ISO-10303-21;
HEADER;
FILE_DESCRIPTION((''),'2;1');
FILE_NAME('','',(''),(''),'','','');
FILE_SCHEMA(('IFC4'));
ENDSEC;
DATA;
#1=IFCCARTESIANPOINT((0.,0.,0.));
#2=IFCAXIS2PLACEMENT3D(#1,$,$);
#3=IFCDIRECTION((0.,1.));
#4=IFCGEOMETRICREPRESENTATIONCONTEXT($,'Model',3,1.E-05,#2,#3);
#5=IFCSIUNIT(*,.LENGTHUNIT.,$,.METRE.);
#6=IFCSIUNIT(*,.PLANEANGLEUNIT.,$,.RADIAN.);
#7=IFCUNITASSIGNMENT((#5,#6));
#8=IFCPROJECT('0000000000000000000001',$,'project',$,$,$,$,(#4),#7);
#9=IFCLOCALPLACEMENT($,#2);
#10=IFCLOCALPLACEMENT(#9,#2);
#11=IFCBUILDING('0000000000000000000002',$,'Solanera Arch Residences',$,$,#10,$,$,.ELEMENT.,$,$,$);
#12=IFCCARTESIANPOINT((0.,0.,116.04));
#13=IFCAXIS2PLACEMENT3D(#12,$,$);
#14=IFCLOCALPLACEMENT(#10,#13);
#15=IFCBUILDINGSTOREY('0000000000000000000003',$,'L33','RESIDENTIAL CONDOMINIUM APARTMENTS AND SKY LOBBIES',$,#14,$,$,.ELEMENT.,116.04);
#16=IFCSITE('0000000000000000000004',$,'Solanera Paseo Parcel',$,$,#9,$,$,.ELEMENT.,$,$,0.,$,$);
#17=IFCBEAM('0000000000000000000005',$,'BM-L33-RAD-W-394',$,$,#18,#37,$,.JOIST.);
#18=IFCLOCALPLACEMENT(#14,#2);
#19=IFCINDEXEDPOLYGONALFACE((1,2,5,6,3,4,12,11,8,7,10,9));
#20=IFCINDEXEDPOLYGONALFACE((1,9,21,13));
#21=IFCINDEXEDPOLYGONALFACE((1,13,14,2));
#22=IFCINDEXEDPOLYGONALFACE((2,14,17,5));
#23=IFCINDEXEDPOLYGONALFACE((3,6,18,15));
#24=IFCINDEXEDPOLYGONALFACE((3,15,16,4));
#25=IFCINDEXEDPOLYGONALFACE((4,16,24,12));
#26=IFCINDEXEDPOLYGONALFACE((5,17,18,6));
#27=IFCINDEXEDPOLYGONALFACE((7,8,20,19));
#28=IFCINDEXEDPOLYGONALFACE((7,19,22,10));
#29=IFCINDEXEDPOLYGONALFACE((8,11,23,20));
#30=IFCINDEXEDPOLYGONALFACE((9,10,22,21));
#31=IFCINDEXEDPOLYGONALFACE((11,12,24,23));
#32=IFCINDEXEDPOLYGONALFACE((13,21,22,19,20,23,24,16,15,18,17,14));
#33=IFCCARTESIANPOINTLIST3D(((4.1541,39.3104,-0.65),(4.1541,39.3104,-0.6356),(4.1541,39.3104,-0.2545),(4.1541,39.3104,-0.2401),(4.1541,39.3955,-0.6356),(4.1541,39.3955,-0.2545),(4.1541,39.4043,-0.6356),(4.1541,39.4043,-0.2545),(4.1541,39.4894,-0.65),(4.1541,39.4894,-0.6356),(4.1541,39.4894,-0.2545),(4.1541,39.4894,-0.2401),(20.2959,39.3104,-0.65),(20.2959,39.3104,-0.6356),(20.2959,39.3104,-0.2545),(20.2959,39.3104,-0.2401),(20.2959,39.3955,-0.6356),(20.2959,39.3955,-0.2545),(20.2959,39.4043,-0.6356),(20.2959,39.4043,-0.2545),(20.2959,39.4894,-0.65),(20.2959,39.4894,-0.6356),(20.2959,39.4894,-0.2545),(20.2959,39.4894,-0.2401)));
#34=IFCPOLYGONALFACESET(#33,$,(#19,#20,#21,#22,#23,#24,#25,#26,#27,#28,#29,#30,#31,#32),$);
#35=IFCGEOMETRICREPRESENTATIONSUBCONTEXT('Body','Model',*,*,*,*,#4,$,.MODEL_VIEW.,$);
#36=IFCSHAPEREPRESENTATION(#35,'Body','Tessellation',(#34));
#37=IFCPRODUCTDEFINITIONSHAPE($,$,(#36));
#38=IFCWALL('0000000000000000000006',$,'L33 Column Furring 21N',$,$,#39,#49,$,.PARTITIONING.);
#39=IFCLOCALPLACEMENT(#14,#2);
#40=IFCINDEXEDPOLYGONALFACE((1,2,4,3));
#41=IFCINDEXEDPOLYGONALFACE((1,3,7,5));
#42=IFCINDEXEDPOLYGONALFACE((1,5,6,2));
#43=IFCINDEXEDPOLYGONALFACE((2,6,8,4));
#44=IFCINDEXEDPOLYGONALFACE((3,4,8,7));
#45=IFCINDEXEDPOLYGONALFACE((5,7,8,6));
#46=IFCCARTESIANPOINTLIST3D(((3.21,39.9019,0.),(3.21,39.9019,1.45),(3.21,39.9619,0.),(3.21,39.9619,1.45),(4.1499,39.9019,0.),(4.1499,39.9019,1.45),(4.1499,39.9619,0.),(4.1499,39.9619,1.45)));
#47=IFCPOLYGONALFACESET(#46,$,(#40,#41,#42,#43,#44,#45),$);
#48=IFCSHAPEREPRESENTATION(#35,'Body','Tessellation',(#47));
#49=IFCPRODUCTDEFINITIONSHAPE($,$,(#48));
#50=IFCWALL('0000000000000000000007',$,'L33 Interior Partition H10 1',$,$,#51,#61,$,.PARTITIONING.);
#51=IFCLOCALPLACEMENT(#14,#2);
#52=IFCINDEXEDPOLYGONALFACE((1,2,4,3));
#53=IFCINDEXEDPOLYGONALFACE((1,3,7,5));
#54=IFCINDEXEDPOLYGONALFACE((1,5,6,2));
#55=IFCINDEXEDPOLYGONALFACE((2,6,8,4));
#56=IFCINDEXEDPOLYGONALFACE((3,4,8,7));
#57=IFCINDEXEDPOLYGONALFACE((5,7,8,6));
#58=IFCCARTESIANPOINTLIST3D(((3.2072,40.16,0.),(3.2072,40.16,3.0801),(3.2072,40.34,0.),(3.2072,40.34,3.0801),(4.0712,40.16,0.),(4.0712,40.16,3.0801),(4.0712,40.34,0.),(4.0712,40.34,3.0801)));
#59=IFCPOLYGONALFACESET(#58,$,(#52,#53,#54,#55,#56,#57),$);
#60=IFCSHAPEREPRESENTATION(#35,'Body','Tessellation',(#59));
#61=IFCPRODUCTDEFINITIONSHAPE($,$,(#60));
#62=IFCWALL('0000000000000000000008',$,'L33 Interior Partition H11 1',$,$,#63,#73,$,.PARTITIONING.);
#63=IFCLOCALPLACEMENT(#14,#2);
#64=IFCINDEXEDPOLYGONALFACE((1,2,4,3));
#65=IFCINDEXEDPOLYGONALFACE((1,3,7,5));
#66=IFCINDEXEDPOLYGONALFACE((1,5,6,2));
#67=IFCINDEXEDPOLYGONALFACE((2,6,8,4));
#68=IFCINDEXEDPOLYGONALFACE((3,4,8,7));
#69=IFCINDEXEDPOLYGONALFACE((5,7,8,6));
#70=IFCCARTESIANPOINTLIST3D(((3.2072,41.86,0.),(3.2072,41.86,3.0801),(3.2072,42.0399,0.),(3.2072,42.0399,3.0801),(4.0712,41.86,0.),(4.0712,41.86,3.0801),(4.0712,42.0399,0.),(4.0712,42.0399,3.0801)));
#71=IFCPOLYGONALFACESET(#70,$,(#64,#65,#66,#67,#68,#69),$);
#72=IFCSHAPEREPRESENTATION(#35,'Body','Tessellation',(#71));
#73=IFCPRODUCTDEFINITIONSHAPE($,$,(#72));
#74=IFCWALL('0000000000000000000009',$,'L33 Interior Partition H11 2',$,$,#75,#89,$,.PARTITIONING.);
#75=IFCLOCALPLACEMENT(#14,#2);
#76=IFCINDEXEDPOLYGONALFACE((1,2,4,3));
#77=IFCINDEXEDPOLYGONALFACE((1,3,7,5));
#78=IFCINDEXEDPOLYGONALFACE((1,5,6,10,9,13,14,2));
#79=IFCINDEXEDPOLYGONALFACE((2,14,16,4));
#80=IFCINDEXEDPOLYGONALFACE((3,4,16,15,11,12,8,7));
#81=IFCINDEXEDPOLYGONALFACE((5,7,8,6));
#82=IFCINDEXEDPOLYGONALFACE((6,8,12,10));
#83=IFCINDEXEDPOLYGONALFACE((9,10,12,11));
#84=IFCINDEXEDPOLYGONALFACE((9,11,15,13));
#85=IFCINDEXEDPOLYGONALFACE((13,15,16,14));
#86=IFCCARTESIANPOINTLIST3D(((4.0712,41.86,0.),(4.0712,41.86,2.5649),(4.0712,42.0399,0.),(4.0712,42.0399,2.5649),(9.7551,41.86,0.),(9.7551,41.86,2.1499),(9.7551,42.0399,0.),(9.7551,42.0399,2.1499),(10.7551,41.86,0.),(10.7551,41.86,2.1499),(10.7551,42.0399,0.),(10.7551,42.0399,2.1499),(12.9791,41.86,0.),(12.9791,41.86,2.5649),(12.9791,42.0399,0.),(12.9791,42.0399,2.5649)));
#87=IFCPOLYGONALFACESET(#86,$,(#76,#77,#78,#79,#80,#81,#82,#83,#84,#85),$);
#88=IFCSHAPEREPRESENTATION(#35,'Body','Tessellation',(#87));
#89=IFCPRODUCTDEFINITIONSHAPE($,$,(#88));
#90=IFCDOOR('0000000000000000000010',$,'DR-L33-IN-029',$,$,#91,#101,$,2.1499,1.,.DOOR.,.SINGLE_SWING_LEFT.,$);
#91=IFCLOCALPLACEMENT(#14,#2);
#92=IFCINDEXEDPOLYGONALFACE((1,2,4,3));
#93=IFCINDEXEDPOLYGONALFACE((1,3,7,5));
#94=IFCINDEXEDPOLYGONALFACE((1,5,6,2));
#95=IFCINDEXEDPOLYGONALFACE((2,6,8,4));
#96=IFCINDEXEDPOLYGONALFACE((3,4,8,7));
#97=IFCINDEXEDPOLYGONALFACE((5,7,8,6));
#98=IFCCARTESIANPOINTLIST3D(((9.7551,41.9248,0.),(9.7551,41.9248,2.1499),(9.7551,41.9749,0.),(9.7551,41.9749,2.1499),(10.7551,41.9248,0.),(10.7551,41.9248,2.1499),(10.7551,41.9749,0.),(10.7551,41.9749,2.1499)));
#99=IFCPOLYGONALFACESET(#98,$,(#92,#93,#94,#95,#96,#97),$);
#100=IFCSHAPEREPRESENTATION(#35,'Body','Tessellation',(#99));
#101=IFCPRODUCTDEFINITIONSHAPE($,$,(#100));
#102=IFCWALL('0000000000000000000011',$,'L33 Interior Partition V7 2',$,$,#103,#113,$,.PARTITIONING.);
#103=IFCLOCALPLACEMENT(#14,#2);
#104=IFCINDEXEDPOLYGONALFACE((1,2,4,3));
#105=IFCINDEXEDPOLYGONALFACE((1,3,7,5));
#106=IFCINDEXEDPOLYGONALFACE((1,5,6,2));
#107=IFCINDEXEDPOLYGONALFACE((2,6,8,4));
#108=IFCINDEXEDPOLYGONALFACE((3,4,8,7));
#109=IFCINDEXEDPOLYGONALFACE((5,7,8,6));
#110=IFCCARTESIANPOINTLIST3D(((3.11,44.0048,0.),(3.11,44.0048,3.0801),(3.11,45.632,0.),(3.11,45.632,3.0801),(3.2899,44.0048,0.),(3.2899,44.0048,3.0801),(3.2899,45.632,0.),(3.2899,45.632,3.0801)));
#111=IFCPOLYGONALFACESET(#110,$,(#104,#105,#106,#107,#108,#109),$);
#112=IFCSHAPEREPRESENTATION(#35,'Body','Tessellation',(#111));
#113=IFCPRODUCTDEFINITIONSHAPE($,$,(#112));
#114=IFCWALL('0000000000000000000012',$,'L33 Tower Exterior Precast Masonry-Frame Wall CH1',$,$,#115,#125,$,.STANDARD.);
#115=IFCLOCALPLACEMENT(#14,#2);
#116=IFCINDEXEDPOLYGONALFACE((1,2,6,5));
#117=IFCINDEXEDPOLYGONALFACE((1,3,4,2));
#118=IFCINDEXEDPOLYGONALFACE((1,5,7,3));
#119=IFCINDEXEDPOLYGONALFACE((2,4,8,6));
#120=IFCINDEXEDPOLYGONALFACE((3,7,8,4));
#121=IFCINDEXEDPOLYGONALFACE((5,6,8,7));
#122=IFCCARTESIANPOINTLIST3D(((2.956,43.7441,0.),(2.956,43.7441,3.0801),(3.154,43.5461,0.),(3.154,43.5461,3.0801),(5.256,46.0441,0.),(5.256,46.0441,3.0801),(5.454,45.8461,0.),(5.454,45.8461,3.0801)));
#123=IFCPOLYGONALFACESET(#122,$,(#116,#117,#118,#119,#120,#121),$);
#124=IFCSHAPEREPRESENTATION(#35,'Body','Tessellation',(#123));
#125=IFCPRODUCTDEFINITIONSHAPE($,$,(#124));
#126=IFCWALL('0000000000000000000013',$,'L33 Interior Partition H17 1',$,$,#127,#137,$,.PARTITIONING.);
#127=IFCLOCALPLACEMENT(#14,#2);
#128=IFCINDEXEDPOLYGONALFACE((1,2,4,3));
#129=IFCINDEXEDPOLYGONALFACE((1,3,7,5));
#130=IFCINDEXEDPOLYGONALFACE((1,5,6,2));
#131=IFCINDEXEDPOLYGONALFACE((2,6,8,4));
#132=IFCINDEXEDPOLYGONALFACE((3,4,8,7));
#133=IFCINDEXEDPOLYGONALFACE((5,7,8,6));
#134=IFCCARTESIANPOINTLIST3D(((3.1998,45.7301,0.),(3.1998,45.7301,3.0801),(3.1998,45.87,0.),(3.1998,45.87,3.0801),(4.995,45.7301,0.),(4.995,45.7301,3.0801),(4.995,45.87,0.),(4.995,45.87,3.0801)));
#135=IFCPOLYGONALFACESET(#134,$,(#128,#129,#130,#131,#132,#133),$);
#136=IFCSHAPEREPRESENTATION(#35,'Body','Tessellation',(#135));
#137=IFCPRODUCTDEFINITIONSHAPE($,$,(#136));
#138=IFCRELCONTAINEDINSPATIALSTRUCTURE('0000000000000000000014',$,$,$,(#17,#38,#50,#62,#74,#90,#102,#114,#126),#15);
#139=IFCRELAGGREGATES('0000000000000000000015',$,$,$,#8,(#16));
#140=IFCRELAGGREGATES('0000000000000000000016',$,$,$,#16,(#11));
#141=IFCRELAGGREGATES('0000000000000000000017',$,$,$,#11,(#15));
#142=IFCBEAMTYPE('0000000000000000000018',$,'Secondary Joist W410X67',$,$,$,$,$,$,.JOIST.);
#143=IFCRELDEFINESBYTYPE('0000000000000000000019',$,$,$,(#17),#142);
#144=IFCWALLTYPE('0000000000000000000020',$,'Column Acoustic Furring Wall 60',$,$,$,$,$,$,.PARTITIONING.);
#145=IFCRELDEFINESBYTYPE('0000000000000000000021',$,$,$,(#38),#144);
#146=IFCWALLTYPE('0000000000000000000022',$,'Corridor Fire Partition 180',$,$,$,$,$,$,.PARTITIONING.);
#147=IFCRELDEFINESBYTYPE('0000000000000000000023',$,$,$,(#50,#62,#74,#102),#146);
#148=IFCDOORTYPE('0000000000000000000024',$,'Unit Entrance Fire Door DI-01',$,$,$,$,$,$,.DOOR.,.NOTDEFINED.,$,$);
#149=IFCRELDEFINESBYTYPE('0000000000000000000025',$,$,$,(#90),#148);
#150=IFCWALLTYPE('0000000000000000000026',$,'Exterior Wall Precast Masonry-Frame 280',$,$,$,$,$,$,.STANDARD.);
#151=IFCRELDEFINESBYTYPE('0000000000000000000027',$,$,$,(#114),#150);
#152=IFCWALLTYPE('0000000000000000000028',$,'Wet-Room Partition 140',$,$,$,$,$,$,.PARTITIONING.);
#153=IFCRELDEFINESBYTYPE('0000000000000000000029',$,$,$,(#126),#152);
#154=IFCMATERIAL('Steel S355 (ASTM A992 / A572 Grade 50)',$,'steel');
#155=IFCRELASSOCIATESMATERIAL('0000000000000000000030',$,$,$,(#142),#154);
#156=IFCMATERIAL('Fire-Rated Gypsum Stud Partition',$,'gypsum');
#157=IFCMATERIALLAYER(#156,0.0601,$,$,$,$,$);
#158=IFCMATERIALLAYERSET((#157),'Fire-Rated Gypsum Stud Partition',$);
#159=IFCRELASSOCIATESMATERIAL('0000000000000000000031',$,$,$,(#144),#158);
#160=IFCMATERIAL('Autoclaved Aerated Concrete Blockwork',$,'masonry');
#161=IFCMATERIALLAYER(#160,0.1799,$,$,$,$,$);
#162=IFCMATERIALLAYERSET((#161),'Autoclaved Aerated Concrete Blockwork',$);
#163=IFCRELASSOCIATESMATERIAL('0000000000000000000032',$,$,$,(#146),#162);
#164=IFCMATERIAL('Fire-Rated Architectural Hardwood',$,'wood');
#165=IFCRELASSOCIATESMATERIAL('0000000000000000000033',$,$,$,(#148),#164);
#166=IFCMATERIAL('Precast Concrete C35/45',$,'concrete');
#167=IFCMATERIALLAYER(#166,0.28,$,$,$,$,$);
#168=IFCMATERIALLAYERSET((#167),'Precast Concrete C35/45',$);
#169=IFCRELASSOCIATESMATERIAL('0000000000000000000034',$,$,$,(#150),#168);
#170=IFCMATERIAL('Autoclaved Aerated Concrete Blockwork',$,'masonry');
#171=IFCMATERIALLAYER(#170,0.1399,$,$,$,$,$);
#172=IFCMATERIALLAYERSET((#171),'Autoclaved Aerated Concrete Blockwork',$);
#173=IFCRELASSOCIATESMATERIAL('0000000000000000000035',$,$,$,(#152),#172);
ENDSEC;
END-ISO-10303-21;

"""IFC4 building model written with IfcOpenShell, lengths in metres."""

from ifc_helpers import new_model, si_unit, direction, frame, frame_2d, origin, origin_2d, place, context, subcontext, project, spatial, rectangle, i_section, extrude, material, layer, layer_set, material_profile, profile_set, type_object, element, fill, save


model = new_model("IFC4")

# Units and contexts
model_context = context("Model", 3, precision=1e-05, world=origin(), true_north=direction((0.0, 1.0)))
body_context = subcontext(model_context, "Body", "Model", "MODEL_VIEW")
ifc_project = project(units=[si_unit("LENGTHUNIT", "METRE"), si_unit("PLANEANGLEUNIT", "RADIAN")], contexts=[model_context])

# Site, building, storey
site_placement = place(None, origin())
site = spatial("IfcSite", under=ifc_project, at=site_placement, Name="Solanera Paseo Parcel", CompositionType="ELEMENT", RefElevation=0.0)
building_placement = place(site_placement, origin())
building = spatial("IfcBuilding", under=site, at=building_placement, Name="Solanera Arch Residences", CompositionType="ELEMENT")
storey_placement = place(building_placement, frame((0.0, 0.0, 116.04)))
storey = spatial("IfcBuildingStorey", under=building, at=storey_placement, Name="L33", Description="RESIDENTIAL CONDOMINIUM APARTMENTS AND SKY LOBBIES", CompositionType="ELEMENT", Elevation=116.04)

# Beam
ifc_material_1 = material(Name="Steel S355 (ASTM A992 / A572 Grade 50)", Category="steel")
ifc_material_profile = material_profile(ifc_material_1, i_section(OverallWidth=0.179, OverallDepth=0.4099, WebThickness=0.0088, FlangeThickness=0.0144, at=origin_2d()))
ifc_profile_set = profile_set([ifc_material_profile], Name="Steel S355 (ASTM A992 / A572 Grade 50)")
beam_type = type_object("IfcBeamType", Name="Secondary Joist W410X67", PredefinedType="JOIST", material=ifc_profile_set)
beam_placement = place(storey_placement, frame((4.1541, 39.3999, -0.4451), z_axis=(1.0, 0.0, 0.0), x_axis=(0.0, 1.0, 0.0)))
element("IfcBeam", 1, at=beam_placement, inside=storey, type_object=beam_type, Name="BM-L33-RAD-W-394", PredefinedType="JOIST", context=body_context, shape_type="SweptSolid", body=[
    extrude(i_section(OverallWidth=0.179, OverallDepth=0.4099, WebThickness=0.0088, FlangeThickness=0.0144, at=origin_2d()), origin(), (0.0, 0.0, 1.0), 16.1418),
])

# Walls
ifc_material_2 = material(Name="Fire-Rated Gypsum Stud Partition", Category="gypsum")
ifc_layer_1 = layer(ifc_material_2, 0.0601)
ifc_layer_set_1 = layer_set([ifc_layer_1], Name="Fire-Rated Gypsum Stud Partition")
wall_type_1 = type_object("IfcWallType", Name="Column Acoustic Furring Wall 60", PredefinedType="PARTITIONING", material=ifc_layer_set_1)
wall_1_placement = place(storey_placement, frame((3.21, 39.9319, 0.0), z_axis=(0.0, 0.0, 1.0), x_axis=(1.0, 0.0, 0.0)))
element("IfcWall", 2, at=wall_1_placement, inside=storey, type_object=wall_type_1, Name="L33 Column Furring 21N", PredefinedType="PARTITIONING", context=body_context, shape_type="SweptSolid", body=[
    extrude(rectangle(XDim=0.9399, YDim=0.0601, at=frame_2d((0.47, 0.0))), origin(), (0.0, 0.0, 1.0), 1.45),
])
ifc_material_3 = material(Name="Autoclaved Aerated Concrete Blockwork", Category="masonry")
ifc_layer_2 = layer(ifc_material_3, 0.1799)
ifc_layer_set_2 = layer_set([ifc_layer_2], Name="Autoclaved Aerated Concrete Blockwork")
wall_type_2 = type_object("IfcWallType", Name="Corridor Fire Partition 180", PredefinedType="PARTITIONING", material=ifc_layer_set_2)
wall_2_placement = place(storey_placement, frame((3.207, 40.25, 0.0), z_axis=(0.0, 0.0, 1.0), x_axis=(1.0, 0.0, 0.0)))
element("IfcWall", 3, at=wall_2_placement, inside=storey, type_object=wall_type_2, Name="L33 Interior Partition H10 1", PredefinedType="PARTITIONING", context=body_context, shape_type="SweptSolid", body=[
    extrude(rectangle(XDim=0.864, YDim=0.1799, at=frame_2d((0.4321, 0.0))), origin(), (0.0, 0.0, 1.0), 3.0801),
])

# Wall
wall_3_placement = place(storey_placement, frame((3.207, 41.95, 0.0), z_axis=(0.0, 0.0, 1.0), x_axis=(1.0, 0.0, 0.0)))
element("IfcWall", 4, at=wall_3_placement, inside=storey, type_object=wall_type_2, Name="L33 Interior Partition H11 1", PredefinedType="PARTITIONING", context=body_context, shape_type="SweptSolid", body=[
    extrude(rectangle(XDim=0.864, YDim=0.1799, at=frame_2d((0.4321, 0.0))), origin(), (0.0, 0.0, 1.0), 3.0801),
])

# Wall, opening, door
wall_4_placement = place(storey_placement, frame((4.071, 41.95, 0.0), z_axis=(0.0, 0.0, 1.0), x_axis=(1.0, 0.0, 0.0)))
wall_4 = element("IfcWall", 5, at=wall_4_placement, inside=storey, type_object=wall_type_2, Name="L33 Interior Partition H11 2", PredefinedType="PARTITIONING", context=body_context, shape_type="SweptSolid", body=[
    extrude(rectangle(XDim=8.908, YDim=0.1799, at=frame_2d((4.4541, 0.0))), origin(), (0.0, 0.0, 1.0), 2.5649),
])
opening_1_placement = place(wall_4_placement, frame((5.6841, 0.0, 0.0)))
opening_1 = element("IfcOpeningElement", 6, at=opening_1_placement, cuts=wall_4, PredefinedType="OPENING", context=body_context, shape_type="SweptSolid", body=[
    extrude(rectangle(XDim=1.0, YDim=2.1499, at=frame_2d((0.5, 1.075))), frame((0.0, 0.1001, 0.0), z_axis=(0.0, -1.0, 0.0), x_axis=(1.0, 0.0, 0.0)), (0.0, 0.0, 1.0), 0.1999),
])
ifc_material_4 = material(Name="Fire-Rated Architectural Hardwood", Category="wood")
door_type_1 = type_object("IfcDoorType", Name="Unit Entrance Fire Door DI-01", OperationType="NOTDEFINED", PredefinedType="DOOR", material=ifc_material_4)
door_1_placement = place(opening_1_placement, origin())
door_1 = element("IfcDoor", 7, at=door_1_placement, inside=storey, type_object=door_type_1, Name="DR-L33-IN-029", OperationType="SINGLE_SWING_LEFT", OverallHeight=2.1499, OverallWidth=1.0, PredefinedType="DOOR", context=body_context, shape_type="SweptSolid", body=[
    extrude(rectangle(XDim=1.0, YDim=2.1499, at=frame_2d((0.5, 1.075))), frame((0.0, 0.0249, 0.0), z_axis=(0.0, -1.0, 0.0), x_axis=(1.0, 0.0, 0.0)), (0.0, 0.0, 1.0), 0.05),
])
fill(opening_1, door_1)

# Walls
wall_5_placement = place(storey_placement, frame((3.2, 44.0049, 0.0), z_axis=(0.0, 0.0, 1.0), x_axis=(0.0, 1.0, 0.0)))
element("IfcWall", 8, at=wall_5_placement, inside=storey, type_object=wall_type_2, Name="L33 Interior Partition V7 2", PredefinedType="PARTITIONING", context=body_context, shape_type="SweptSolid", body=[
    extrude(rectangle(XDim=1.6272, YDim=0.1799, at=frame_2d((0.8135, 0.0))), origin(), (0.0, 0.0, 1.0), 3.0801),
])
ifc_material_5 = material(Name="Precast Concrete C35/45", Category="concrete")
ifc_layer_3 = layer(ifc_material_5, 0.28)
ifc_layer_set_3 = layer_set([ifc_layer_3], Name="Precast Concrete C35/45")
wall_type_3 = type_object("IfcWallType", Name="Exterior Wall Precast Masonry-Frame 280", PredefinedType="STANDARD", material=ifc_layer_set_3)
wall_6_placement = place(storey_placement, frame((3.0549, 43.645, 0.0), z_axis=(0.0, 0.0, 1.0), x_axis=(0.707107, 0.707107, 0.0)))
element("IfcWall", 9, at=wall_6_placement, inside=storey, type_object=wall_type_3, Name="L33 Tower Exterior Precast Masonry-Frame Wall CH1", PredefinedType="STANDARD", context=body_context, shape_type="SweptSolid", body=[
    extrude(rectangle(XDim=3.2527, YDim=0.28, at=frame_2d((1.6265, 0.0))), origin(), (0.0, 0.0, 1.0), 3.0801),
])
ifc_material_6 = material(Name="Autoclaved Aerated Concrete Blockwork", Category="masonry")
ifc_layer_4 = layer(ifc_material_6, 0.1399)
ifc_layer_set_4 = layer_set([ifc_layer_4], Name="Autoclaved Aerated Concrete Blockwork")
wall_type_4 = type_object("IfcWallType", Name="Wet-Room Partition 140", PredefinedType="PARTITIONING", material=ifc_layer_set_4)
wall_7_placement = place(storey_placement, frame((3.2, 45.8, 0.0), z_axis=(0.0, 0.0, 1.0), x_axis=(1.0, 0.0, 0.0)))
element("IfcWall", 10, at=wall_7_placement, inside=storey, type_object=wall_type_4, Name="L33 Interior Partition H17 1", PredefinedType="PARTITIONING", context=body_context, shape_type="SweptSolid", body=[
    extrude(rectangle(XDim=1.7952, YDim=0.1399, at=frame_2d((0.8975, 0.0))), origin(), (0.0, 0.0, 1.0), 3.0801),
])

save(model, "model.ifc")
